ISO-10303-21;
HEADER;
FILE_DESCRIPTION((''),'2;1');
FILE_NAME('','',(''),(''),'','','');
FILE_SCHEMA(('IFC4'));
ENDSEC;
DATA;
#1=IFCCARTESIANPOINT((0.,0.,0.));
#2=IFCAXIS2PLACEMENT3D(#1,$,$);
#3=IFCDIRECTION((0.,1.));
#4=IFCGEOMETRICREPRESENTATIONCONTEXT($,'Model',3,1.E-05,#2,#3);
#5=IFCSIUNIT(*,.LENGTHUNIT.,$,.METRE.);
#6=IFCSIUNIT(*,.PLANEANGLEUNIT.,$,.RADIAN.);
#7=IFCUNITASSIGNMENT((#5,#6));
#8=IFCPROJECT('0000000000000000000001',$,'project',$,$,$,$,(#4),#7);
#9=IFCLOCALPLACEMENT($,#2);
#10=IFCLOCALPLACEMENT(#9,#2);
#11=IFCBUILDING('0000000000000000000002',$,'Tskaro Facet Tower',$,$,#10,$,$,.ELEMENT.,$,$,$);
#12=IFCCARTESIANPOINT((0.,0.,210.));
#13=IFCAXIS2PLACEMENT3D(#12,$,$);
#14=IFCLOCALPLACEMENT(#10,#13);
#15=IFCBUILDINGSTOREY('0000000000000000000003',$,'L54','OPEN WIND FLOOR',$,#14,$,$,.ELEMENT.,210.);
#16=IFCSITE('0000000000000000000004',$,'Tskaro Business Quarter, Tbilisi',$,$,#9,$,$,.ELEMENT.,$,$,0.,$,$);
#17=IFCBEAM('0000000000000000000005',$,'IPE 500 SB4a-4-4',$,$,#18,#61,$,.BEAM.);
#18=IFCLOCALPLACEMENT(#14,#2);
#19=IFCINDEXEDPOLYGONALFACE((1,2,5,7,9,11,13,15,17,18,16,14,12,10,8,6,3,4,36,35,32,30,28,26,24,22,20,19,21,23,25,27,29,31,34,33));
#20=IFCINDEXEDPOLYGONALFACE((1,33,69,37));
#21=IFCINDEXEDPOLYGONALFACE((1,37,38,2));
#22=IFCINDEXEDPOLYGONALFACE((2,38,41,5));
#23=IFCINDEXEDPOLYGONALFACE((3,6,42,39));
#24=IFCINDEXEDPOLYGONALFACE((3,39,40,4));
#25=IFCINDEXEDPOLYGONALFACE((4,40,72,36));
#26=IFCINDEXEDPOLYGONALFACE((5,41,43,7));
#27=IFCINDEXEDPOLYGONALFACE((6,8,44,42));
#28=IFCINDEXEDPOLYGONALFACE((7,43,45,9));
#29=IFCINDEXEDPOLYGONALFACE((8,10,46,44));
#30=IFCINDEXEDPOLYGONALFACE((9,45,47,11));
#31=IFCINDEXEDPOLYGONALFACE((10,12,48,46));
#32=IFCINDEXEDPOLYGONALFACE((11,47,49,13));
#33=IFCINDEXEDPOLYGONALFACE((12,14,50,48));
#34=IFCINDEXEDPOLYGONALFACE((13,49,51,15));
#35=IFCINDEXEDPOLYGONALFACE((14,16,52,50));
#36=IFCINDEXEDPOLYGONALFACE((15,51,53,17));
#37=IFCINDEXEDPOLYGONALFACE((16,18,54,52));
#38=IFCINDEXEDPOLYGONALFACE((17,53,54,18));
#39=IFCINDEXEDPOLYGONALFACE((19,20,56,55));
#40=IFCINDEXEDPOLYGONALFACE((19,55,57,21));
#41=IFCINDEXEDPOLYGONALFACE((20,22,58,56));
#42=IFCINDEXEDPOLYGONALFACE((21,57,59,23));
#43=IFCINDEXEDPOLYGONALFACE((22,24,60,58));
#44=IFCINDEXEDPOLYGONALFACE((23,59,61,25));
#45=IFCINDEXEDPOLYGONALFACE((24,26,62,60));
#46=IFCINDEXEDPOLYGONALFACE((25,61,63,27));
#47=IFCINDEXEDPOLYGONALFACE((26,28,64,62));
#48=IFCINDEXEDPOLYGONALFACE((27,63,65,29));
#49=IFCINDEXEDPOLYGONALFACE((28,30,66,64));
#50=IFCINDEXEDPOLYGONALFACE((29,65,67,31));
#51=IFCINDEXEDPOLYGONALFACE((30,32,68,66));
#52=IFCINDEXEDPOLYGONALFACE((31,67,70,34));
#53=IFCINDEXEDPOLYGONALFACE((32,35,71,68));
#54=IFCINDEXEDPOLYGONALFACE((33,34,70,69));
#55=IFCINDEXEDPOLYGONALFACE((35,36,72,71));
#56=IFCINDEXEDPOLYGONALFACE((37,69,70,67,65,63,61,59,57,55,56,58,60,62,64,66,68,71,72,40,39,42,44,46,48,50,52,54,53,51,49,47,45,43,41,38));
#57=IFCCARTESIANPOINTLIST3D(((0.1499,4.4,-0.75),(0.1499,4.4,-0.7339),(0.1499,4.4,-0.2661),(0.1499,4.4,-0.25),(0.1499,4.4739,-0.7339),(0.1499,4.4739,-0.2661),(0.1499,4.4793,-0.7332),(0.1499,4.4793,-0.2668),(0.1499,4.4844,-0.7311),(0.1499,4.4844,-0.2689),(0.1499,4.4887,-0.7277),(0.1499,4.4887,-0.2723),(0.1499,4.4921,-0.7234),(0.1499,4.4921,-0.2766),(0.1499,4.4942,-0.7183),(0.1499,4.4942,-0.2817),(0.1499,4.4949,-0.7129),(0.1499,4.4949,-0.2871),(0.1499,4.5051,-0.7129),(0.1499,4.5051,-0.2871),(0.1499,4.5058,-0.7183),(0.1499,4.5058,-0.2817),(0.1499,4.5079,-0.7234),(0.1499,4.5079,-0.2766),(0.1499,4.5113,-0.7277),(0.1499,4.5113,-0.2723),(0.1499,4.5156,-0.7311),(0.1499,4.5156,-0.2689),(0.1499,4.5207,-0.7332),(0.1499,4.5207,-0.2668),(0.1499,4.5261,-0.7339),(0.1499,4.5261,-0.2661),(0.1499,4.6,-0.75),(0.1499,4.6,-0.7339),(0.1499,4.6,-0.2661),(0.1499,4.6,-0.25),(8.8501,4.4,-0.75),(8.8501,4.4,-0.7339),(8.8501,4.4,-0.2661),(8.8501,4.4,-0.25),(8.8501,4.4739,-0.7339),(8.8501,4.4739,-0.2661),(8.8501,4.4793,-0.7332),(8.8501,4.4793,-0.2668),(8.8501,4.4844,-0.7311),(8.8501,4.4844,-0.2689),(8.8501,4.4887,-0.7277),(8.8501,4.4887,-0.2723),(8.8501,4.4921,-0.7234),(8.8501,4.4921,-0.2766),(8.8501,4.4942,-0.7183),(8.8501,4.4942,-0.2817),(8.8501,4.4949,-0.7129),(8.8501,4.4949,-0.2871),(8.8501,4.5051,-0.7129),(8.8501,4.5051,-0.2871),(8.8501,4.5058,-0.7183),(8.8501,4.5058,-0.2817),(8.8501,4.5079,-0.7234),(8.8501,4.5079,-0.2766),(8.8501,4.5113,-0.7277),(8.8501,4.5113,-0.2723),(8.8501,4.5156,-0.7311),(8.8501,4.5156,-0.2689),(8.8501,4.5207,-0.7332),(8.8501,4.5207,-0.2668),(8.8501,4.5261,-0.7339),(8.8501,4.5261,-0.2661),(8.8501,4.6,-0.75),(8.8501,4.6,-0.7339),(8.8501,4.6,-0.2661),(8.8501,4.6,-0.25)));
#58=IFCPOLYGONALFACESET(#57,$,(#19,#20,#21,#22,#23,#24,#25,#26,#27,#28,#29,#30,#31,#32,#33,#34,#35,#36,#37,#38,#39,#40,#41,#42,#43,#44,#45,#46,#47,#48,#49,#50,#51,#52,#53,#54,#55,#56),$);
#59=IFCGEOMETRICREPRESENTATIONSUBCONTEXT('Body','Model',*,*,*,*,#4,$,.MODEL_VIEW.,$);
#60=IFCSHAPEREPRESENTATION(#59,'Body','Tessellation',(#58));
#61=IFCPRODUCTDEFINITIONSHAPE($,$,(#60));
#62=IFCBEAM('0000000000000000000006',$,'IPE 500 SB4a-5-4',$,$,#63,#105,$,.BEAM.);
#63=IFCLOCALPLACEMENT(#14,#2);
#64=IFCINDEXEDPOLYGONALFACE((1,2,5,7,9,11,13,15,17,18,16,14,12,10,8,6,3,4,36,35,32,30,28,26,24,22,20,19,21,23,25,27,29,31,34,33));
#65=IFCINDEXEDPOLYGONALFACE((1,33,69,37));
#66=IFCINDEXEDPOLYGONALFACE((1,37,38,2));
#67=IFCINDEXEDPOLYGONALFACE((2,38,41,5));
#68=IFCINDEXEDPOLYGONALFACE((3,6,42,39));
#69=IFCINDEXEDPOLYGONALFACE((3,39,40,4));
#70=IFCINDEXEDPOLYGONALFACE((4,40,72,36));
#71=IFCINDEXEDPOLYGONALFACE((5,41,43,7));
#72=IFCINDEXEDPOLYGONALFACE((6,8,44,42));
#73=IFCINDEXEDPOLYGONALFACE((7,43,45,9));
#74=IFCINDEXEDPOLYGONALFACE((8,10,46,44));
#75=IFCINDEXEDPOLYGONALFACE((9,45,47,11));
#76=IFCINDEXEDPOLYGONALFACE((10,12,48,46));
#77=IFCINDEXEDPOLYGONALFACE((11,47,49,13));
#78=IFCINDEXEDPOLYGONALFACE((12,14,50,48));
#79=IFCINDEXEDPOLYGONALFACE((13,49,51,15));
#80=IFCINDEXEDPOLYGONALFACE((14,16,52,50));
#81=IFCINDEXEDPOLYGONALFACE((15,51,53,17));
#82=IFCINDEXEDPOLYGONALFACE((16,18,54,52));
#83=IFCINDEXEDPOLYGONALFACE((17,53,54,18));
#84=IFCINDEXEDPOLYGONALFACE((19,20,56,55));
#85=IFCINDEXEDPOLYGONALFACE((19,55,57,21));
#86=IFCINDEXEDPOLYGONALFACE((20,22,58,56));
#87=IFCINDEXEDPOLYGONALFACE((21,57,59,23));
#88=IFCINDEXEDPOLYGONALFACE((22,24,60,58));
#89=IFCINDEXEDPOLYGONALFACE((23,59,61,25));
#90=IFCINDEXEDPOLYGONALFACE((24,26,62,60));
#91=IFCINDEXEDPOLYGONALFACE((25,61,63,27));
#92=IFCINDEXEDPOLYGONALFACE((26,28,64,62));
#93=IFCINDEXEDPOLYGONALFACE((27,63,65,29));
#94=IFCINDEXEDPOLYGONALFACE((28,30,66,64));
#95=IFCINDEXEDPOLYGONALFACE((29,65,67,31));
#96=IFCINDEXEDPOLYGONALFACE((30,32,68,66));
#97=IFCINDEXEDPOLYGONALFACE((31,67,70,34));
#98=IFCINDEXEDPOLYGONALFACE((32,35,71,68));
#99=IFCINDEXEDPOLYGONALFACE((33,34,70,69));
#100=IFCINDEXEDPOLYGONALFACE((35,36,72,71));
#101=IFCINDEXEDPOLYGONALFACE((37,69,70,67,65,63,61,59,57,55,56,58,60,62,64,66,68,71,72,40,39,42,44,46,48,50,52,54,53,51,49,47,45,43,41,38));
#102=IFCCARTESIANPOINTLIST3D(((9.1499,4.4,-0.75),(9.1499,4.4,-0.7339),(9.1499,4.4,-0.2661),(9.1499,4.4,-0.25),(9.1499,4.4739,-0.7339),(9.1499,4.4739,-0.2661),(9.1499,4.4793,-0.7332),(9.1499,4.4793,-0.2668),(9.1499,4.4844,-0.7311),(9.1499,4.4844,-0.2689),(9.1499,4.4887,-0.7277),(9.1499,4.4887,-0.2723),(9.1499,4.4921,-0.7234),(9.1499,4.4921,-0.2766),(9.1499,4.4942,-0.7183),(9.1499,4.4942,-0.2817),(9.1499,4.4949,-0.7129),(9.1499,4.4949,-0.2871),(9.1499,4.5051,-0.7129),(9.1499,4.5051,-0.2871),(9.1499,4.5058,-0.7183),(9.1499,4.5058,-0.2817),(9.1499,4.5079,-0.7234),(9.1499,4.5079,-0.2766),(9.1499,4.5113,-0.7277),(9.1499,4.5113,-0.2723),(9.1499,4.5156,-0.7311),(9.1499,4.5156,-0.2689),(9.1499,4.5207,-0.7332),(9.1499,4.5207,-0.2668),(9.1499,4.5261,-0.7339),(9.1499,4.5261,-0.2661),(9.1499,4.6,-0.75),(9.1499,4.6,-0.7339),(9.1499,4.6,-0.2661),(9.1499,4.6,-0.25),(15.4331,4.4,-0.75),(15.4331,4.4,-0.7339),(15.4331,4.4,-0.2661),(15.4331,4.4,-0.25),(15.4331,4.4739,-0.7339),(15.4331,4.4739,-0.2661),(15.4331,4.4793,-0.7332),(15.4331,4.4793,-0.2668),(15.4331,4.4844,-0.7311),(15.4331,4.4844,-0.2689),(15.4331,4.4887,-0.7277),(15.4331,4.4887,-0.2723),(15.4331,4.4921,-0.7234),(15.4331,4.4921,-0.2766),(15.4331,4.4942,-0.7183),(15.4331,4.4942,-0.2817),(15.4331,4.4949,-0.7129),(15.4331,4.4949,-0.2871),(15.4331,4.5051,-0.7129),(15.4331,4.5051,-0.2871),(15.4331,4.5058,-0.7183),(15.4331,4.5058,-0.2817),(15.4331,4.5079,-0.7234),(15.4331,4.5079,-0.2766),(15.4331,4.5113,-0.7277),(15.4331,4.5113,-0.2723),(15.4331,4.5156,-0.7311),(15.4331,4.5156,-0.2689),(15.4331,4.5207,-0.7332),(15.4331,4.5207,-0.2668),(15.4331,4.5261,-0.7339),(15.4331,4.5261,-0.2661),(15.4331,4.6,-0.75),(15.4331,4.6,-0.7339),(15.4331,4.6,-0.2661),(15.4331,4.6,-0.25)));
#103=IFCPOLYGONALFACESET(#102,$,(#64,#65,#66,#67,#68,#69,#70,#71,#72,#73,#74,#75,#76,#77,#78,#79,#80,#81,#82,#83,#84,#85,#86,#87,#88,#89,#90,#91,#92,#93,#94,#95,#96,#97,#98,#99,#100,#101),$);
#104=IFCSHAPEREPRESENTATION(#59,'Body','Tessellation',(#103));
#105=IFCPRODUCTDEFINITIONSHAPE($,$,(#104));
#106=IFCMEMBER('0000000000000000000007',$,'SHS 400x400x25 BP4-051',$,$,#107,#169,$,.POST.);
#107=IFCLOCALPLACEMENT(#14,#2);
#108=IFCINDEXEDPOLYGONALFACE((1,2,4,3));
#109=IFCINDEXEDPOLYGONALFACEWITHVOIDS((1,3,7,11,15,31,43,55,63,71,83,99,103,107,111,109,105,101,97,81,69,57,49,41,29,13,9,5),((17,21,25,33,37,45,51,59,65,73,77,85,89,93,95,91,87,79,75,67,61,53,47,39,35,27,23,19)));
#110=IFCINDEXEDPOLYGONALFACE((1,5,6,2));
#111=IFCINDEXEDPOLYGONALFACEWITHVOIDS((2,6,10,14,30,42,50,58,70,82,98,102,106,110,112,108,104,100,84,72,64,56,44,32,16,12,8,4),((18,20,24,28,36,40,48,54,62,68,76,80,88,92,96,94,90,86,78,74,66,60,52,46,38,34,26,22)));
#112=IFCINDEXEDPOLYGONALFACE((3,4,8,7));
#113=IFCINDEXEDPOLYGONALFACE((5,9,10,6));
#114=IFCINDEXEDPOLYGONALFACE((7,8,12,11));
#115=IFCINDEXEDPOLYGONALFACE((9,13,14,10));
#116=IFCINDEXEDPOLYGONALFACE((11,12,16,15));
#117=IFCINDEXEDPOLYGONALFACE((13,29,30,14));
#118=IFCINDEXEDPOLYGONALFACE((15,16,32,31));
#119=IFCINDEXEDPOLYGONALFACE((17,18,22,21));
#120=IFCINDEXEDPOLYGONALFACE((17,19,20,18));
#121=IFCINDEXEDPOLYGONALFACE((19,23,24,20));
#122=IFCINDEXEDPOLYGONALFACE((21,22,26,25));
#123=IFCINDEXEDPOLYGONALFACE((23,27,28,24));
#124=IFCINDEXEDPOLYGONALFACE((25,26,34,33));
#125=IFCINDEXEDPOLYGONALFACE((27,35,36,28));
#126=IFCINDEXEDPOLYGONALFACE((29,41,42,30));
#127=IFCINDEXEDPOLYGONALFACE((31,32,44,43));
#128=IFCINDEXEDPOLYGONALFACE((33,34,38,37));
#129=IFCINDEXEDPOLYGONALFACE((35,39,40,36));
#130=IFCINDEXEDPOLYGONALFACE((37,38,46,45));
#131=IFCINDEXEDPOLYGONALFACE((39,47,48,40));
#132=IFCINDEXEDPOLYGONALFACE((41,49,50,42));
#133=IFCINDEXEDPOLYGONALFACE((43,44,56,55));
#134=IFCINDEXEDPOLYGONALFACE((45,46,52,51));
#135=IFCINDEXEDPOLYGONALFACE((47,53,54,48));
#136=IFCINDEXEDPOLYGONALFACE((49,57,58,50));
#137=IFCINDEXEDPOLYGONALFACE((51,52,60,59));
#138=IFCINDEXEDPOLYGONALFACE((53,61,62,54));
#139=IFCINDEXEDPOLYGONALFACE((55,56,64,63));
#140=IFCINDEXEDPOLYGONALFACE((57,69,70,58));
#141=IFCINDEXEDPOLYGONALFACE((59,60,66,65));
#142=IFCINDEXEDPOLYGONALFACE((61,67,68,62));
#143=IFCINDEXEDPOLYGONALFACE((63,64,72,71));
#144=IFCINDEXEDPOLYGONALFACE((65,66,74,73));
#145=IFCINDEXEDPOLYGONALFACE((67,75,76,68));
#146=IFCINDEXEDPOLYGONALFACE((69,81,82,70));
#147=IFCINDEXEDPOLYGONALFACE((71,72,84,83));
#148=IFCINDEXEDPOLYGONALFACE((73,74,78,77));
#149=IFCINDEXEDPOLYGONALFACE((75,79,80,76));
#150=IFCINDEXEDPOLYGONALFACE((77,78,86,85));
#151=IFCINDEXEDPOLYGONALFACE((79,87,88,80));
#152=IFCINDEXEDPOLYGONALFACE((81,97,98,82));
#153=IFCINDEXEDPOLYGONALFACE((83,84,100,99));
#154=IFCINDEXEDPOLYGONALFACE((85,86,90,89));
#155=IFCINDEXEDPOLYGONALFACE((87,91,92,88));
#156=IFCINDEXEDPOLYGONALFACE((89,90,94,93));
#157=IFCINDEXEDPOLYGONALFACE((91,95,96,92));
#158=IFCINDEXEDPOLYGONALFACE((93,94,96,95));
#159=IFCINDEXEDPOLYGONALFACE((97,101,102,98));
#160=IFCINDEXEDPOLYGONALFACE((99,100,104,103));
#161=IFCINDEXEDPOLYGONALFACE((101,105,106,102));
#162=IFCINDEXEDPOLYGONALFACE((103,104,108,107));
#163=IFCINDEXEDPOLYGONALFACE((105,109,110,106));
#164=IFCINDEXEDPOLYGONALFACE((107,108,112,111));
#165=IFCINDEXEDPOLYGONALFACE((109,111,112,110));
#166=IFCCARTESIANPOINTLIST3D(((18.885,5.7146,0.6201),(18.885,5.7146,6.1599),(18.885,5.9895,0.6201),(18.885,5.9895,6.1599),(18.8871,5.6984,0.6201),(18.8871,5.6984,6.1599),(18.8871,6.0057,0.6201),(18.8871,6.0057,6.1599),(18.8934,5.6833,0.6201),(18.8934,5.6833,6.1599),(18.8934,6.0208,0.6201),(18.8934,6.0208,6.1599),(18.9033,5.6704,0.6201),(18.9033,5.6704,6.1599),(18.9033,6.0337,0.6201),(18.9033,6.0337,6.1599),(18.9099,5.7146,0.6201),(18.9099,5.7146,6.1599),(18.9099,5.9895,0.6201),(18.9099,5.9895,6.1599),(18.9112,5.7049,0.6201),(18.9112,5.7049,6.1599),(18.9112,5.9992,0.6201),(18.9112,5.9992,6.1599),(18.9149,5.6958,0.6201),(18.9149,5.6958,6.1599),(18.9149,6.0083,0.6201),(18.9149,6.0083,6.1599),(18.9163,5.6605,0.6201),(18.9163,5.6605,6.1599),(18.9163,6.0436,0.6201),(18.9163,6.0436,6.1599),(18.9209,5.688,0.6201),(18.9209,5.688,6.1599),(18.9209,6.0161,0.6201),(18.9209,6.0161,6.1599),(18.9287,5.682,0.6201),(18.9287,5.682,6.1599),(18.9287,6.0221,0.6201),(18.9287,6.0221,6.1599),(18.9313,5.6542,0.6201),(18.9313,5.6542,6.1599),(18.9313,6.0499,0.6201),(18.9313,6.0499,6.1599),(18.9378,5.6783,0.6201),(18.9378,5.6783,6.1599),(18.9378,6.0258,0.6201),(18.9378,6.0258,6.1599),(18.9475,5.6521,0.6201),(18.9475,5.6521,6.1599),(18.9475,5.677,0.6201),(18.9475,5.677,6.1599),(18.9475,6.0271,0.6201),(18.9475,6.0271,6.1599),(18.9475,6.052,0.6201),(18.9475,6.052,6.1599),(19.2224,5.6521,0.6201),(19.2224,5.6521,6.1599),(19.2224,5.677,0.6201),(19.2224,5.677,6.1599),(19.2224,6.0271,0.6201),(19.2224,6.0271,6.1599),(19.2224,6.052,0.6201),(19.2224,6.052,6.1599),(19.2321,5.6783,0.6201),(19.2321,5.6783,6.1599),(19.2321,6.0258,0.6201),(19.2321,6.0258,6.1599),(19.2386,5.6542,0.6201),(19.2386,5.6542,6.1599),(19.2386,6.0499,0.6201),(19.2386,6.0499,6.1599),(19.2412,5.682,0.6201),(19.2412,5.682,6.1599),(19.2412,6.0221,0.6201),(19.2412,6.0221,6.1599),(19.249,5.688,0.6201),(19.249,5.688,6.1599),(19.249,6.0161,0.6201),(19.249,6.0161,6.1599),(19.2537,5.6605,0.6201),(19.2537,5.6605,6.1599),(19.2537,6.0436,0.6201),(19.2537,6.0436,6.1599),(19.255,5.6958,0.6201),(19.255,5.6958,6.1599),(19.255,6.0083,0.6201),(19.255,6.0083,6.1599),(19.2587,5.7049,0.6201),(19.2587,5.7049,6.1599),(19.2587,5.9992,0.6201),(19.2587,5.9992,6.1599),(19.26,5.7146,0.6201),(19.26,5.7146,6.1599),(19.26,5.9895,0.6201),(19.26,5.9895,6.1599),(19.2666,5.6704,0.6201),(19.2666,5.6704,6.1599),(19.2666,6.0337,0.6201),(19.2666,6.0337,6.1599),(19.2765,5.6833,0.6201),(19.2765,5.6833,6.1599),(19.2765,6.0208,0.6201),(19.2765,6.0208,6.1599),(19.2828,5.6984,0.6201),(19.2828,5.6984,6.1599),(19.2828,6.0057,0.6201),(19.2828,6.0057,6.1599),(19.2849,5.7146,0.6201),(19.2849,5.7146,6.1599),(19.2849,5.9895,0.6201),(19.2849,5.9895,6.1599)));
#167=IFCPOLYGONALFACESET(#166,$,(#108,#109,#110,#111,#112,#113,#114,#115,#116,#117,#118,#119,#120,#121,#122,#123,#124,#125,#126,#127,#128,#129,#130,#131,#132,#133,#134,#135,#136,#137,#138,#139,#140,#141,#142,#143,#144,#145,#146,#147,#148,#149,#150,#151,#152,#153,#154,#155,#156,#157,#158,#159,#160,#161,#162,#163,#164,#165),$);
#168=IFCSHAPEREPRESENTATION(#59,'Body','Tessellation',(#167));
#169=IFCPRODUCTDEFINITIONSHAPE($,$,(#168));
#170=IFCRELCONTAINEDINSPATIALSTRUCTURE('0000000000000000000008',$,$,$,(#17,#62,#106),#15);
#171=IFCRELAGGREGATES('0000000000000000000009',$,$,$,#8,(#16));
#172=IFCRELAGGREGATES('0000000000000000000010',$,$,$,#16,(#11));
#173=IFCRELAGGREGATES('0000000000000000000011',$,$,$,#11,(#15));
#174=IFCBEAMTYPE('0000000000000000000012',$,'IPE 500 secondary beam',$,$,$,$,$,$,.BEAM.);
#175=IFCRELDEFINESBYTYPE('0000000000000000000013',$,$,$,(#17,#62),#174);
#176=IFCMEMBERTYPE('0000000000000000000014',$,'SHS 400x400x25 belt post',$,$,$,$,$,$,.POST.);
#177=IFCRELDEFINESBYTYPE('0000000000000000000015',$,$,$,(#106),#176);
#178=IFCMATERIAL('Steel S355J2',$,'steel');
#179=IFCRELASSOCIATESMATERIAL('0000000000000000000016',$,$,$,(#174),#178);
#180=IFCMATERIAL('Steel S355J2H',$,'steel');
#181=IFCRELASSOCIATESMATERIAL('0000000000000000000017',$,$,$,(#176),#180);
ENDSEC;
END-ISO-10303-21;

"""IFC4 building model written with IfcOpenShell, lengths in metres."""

from ifc_helpers import new_model, si_unit, direction, frame, origin, origin_2d, place, context, subcontext, project, spatial, hollow_rectangle, i_section, extrude, material, material_profile, profile_set, type_object, element, save


model = new_model("IFC4")

# Units and contexts
model_context = context("Model", 3, precision=1e-05, world=origin(), true_north=direction((0.0, 1.0)))
body_context = subcontext(model_context, "Body", "Model", "MODEL_VIEW")
ifc_project = project(units=[si_unit("LENGTHUNIT", "METRE"), si_unit("PLANEANGLEUNIT", "RADIAN")], contexts=[model_context])

# Site, building, storey
site_placement = place(None, origin())
site = spatial("IfcSite", under=ifc_project, at=site_placement, Name="Tskaro Business Quarter, Tbilisi", CompositionType="ELEMENT", RefElevation=0.0)
building_placement = place(site_placement, origin())
building = spatial("IfcBuilding", under=site, at=building_placement, Name="Tskaro Facet Tower", CompositionType="ELEMENT")
storey_placement = place(building_placement, frame((0.0, 0.0, 210.0)))
storey = spatial("IfcBuildingStorey", under=building, at=storey_placement, Name="L54", Description="OPEN WIND FLOOR", CompositionType="ELEMENT", Elevation=210.0)

# Shared definitions
ifc_material_1 = material(Name="Steel S355J2H", Category="steel")

# Shared definitions
ifc_material_2 = material(Name="Steel S355J2", Category="steel")

# Beams
ifc_material_profile_1 = material_profile(ifc_material_2, i_section(OverallWidth=0.2, OverallDepth=0.5, WebThickness=0.0103, FlangeThickness=0.0161, FilletRadius=0.021, at=origin_2d()), Name="IPE 500")
ifc_profile_set_1 = profile_set([ifc_material_profile_1], Name="Steel S355J2")
beam_type_1 = type_object("IfcBeamType", Name="IPE 500 secondary beam", PredefinedType="BEAM", material=ifc_profile_set_1)
beam_1_placement = place(storey_placement, frame((0.1499, 4.5, -0.5), z_axis=(1.0, 0.0, 0.0), x_axis=(0.0, 1.0, 0.0)))
element("IfcBeam", 1, at=beam_1_placement, inside=storey, type_object=beam_type_1, Name="IPE 500 SB4a-4-4", PredefinedType="BEAM", context=body_context, shape_type="SweptSolid", body=[
    extrude(i_section(OverallWidth=0.2, OverallDepth=0.5, WebThickness=0.0103, FlangeThickness=0.0161, FilletRadius=0.021, at=origin_2d()), origin(), (0.0, 0.0, 1.0), 8.7002),
])
beam_2_placement = place(storey_placement, frame((9.1499, 4.5, -0.5), z_axis=(1.0, 0.0, 0.0), x_axis=(0.0, 1.0, 0.0)))
element("IfcBeam", 2, at=beam_2_placement, inside=storey, type_object=beam_type_1, Name="IPE 500 SB4a-5-4", PredefinedType="BEAM", context=body_context, shape_type="SweptSolid", body=[
    extrude(i_section(OverallWidth=0.2, OverallDepth=0.5, WebThickness=0.0103, FlangeThickness=0.0161, FilletRadius=0.021, at=origin_2d()), origin(), (0.0, 0.0, 1.0), 6.2832),
])

# Member
ifc_material_profile_2 = material_profile(ifc_material_1, hollow_rectangle(XDim=0.3999, YDim=0.3999, WallThickness=0.0249, InnerFilletRadius=0.0376, OuterFilletRadius=0.0625, at=origin_2d()), Name="SHS 400x400x25")
ifc_profile_set_2 = profile_set([ifc_material_profile_2], Name="Steel S355J2H")
member_type_1 = type_object("IfcMemberType", Name="SHS 400x400x25 belt post", PredefinedType="POST", material=ifc_profile_set_2)
member_1_placement = place(storey_placement, frame((19.085, 5.8521, 0.6201), z_axis=(0.0, 0.0, 1.0), x_axis=(1.0, 0.0, 0.0)))
element("IfcMember", 3, at=member_1_placement, inside=storey, type_object=member_type_1, Name="SHS 400x400x25 BP4-051", PredefinedType="POST", context=body_context, shape_type="SweptSolid", body=[
    extrude(hollow_rectangle(XDim=0.3999, YDim=0.3999, WallThickness=0.0249, InnerFilletRadius=0.0376, OuterFilletRadius=0.0625, at=origin_2d()), origin(), (0.0, 0.0, 1.0), 5.5398),
])

save(model, "model.ifc")
